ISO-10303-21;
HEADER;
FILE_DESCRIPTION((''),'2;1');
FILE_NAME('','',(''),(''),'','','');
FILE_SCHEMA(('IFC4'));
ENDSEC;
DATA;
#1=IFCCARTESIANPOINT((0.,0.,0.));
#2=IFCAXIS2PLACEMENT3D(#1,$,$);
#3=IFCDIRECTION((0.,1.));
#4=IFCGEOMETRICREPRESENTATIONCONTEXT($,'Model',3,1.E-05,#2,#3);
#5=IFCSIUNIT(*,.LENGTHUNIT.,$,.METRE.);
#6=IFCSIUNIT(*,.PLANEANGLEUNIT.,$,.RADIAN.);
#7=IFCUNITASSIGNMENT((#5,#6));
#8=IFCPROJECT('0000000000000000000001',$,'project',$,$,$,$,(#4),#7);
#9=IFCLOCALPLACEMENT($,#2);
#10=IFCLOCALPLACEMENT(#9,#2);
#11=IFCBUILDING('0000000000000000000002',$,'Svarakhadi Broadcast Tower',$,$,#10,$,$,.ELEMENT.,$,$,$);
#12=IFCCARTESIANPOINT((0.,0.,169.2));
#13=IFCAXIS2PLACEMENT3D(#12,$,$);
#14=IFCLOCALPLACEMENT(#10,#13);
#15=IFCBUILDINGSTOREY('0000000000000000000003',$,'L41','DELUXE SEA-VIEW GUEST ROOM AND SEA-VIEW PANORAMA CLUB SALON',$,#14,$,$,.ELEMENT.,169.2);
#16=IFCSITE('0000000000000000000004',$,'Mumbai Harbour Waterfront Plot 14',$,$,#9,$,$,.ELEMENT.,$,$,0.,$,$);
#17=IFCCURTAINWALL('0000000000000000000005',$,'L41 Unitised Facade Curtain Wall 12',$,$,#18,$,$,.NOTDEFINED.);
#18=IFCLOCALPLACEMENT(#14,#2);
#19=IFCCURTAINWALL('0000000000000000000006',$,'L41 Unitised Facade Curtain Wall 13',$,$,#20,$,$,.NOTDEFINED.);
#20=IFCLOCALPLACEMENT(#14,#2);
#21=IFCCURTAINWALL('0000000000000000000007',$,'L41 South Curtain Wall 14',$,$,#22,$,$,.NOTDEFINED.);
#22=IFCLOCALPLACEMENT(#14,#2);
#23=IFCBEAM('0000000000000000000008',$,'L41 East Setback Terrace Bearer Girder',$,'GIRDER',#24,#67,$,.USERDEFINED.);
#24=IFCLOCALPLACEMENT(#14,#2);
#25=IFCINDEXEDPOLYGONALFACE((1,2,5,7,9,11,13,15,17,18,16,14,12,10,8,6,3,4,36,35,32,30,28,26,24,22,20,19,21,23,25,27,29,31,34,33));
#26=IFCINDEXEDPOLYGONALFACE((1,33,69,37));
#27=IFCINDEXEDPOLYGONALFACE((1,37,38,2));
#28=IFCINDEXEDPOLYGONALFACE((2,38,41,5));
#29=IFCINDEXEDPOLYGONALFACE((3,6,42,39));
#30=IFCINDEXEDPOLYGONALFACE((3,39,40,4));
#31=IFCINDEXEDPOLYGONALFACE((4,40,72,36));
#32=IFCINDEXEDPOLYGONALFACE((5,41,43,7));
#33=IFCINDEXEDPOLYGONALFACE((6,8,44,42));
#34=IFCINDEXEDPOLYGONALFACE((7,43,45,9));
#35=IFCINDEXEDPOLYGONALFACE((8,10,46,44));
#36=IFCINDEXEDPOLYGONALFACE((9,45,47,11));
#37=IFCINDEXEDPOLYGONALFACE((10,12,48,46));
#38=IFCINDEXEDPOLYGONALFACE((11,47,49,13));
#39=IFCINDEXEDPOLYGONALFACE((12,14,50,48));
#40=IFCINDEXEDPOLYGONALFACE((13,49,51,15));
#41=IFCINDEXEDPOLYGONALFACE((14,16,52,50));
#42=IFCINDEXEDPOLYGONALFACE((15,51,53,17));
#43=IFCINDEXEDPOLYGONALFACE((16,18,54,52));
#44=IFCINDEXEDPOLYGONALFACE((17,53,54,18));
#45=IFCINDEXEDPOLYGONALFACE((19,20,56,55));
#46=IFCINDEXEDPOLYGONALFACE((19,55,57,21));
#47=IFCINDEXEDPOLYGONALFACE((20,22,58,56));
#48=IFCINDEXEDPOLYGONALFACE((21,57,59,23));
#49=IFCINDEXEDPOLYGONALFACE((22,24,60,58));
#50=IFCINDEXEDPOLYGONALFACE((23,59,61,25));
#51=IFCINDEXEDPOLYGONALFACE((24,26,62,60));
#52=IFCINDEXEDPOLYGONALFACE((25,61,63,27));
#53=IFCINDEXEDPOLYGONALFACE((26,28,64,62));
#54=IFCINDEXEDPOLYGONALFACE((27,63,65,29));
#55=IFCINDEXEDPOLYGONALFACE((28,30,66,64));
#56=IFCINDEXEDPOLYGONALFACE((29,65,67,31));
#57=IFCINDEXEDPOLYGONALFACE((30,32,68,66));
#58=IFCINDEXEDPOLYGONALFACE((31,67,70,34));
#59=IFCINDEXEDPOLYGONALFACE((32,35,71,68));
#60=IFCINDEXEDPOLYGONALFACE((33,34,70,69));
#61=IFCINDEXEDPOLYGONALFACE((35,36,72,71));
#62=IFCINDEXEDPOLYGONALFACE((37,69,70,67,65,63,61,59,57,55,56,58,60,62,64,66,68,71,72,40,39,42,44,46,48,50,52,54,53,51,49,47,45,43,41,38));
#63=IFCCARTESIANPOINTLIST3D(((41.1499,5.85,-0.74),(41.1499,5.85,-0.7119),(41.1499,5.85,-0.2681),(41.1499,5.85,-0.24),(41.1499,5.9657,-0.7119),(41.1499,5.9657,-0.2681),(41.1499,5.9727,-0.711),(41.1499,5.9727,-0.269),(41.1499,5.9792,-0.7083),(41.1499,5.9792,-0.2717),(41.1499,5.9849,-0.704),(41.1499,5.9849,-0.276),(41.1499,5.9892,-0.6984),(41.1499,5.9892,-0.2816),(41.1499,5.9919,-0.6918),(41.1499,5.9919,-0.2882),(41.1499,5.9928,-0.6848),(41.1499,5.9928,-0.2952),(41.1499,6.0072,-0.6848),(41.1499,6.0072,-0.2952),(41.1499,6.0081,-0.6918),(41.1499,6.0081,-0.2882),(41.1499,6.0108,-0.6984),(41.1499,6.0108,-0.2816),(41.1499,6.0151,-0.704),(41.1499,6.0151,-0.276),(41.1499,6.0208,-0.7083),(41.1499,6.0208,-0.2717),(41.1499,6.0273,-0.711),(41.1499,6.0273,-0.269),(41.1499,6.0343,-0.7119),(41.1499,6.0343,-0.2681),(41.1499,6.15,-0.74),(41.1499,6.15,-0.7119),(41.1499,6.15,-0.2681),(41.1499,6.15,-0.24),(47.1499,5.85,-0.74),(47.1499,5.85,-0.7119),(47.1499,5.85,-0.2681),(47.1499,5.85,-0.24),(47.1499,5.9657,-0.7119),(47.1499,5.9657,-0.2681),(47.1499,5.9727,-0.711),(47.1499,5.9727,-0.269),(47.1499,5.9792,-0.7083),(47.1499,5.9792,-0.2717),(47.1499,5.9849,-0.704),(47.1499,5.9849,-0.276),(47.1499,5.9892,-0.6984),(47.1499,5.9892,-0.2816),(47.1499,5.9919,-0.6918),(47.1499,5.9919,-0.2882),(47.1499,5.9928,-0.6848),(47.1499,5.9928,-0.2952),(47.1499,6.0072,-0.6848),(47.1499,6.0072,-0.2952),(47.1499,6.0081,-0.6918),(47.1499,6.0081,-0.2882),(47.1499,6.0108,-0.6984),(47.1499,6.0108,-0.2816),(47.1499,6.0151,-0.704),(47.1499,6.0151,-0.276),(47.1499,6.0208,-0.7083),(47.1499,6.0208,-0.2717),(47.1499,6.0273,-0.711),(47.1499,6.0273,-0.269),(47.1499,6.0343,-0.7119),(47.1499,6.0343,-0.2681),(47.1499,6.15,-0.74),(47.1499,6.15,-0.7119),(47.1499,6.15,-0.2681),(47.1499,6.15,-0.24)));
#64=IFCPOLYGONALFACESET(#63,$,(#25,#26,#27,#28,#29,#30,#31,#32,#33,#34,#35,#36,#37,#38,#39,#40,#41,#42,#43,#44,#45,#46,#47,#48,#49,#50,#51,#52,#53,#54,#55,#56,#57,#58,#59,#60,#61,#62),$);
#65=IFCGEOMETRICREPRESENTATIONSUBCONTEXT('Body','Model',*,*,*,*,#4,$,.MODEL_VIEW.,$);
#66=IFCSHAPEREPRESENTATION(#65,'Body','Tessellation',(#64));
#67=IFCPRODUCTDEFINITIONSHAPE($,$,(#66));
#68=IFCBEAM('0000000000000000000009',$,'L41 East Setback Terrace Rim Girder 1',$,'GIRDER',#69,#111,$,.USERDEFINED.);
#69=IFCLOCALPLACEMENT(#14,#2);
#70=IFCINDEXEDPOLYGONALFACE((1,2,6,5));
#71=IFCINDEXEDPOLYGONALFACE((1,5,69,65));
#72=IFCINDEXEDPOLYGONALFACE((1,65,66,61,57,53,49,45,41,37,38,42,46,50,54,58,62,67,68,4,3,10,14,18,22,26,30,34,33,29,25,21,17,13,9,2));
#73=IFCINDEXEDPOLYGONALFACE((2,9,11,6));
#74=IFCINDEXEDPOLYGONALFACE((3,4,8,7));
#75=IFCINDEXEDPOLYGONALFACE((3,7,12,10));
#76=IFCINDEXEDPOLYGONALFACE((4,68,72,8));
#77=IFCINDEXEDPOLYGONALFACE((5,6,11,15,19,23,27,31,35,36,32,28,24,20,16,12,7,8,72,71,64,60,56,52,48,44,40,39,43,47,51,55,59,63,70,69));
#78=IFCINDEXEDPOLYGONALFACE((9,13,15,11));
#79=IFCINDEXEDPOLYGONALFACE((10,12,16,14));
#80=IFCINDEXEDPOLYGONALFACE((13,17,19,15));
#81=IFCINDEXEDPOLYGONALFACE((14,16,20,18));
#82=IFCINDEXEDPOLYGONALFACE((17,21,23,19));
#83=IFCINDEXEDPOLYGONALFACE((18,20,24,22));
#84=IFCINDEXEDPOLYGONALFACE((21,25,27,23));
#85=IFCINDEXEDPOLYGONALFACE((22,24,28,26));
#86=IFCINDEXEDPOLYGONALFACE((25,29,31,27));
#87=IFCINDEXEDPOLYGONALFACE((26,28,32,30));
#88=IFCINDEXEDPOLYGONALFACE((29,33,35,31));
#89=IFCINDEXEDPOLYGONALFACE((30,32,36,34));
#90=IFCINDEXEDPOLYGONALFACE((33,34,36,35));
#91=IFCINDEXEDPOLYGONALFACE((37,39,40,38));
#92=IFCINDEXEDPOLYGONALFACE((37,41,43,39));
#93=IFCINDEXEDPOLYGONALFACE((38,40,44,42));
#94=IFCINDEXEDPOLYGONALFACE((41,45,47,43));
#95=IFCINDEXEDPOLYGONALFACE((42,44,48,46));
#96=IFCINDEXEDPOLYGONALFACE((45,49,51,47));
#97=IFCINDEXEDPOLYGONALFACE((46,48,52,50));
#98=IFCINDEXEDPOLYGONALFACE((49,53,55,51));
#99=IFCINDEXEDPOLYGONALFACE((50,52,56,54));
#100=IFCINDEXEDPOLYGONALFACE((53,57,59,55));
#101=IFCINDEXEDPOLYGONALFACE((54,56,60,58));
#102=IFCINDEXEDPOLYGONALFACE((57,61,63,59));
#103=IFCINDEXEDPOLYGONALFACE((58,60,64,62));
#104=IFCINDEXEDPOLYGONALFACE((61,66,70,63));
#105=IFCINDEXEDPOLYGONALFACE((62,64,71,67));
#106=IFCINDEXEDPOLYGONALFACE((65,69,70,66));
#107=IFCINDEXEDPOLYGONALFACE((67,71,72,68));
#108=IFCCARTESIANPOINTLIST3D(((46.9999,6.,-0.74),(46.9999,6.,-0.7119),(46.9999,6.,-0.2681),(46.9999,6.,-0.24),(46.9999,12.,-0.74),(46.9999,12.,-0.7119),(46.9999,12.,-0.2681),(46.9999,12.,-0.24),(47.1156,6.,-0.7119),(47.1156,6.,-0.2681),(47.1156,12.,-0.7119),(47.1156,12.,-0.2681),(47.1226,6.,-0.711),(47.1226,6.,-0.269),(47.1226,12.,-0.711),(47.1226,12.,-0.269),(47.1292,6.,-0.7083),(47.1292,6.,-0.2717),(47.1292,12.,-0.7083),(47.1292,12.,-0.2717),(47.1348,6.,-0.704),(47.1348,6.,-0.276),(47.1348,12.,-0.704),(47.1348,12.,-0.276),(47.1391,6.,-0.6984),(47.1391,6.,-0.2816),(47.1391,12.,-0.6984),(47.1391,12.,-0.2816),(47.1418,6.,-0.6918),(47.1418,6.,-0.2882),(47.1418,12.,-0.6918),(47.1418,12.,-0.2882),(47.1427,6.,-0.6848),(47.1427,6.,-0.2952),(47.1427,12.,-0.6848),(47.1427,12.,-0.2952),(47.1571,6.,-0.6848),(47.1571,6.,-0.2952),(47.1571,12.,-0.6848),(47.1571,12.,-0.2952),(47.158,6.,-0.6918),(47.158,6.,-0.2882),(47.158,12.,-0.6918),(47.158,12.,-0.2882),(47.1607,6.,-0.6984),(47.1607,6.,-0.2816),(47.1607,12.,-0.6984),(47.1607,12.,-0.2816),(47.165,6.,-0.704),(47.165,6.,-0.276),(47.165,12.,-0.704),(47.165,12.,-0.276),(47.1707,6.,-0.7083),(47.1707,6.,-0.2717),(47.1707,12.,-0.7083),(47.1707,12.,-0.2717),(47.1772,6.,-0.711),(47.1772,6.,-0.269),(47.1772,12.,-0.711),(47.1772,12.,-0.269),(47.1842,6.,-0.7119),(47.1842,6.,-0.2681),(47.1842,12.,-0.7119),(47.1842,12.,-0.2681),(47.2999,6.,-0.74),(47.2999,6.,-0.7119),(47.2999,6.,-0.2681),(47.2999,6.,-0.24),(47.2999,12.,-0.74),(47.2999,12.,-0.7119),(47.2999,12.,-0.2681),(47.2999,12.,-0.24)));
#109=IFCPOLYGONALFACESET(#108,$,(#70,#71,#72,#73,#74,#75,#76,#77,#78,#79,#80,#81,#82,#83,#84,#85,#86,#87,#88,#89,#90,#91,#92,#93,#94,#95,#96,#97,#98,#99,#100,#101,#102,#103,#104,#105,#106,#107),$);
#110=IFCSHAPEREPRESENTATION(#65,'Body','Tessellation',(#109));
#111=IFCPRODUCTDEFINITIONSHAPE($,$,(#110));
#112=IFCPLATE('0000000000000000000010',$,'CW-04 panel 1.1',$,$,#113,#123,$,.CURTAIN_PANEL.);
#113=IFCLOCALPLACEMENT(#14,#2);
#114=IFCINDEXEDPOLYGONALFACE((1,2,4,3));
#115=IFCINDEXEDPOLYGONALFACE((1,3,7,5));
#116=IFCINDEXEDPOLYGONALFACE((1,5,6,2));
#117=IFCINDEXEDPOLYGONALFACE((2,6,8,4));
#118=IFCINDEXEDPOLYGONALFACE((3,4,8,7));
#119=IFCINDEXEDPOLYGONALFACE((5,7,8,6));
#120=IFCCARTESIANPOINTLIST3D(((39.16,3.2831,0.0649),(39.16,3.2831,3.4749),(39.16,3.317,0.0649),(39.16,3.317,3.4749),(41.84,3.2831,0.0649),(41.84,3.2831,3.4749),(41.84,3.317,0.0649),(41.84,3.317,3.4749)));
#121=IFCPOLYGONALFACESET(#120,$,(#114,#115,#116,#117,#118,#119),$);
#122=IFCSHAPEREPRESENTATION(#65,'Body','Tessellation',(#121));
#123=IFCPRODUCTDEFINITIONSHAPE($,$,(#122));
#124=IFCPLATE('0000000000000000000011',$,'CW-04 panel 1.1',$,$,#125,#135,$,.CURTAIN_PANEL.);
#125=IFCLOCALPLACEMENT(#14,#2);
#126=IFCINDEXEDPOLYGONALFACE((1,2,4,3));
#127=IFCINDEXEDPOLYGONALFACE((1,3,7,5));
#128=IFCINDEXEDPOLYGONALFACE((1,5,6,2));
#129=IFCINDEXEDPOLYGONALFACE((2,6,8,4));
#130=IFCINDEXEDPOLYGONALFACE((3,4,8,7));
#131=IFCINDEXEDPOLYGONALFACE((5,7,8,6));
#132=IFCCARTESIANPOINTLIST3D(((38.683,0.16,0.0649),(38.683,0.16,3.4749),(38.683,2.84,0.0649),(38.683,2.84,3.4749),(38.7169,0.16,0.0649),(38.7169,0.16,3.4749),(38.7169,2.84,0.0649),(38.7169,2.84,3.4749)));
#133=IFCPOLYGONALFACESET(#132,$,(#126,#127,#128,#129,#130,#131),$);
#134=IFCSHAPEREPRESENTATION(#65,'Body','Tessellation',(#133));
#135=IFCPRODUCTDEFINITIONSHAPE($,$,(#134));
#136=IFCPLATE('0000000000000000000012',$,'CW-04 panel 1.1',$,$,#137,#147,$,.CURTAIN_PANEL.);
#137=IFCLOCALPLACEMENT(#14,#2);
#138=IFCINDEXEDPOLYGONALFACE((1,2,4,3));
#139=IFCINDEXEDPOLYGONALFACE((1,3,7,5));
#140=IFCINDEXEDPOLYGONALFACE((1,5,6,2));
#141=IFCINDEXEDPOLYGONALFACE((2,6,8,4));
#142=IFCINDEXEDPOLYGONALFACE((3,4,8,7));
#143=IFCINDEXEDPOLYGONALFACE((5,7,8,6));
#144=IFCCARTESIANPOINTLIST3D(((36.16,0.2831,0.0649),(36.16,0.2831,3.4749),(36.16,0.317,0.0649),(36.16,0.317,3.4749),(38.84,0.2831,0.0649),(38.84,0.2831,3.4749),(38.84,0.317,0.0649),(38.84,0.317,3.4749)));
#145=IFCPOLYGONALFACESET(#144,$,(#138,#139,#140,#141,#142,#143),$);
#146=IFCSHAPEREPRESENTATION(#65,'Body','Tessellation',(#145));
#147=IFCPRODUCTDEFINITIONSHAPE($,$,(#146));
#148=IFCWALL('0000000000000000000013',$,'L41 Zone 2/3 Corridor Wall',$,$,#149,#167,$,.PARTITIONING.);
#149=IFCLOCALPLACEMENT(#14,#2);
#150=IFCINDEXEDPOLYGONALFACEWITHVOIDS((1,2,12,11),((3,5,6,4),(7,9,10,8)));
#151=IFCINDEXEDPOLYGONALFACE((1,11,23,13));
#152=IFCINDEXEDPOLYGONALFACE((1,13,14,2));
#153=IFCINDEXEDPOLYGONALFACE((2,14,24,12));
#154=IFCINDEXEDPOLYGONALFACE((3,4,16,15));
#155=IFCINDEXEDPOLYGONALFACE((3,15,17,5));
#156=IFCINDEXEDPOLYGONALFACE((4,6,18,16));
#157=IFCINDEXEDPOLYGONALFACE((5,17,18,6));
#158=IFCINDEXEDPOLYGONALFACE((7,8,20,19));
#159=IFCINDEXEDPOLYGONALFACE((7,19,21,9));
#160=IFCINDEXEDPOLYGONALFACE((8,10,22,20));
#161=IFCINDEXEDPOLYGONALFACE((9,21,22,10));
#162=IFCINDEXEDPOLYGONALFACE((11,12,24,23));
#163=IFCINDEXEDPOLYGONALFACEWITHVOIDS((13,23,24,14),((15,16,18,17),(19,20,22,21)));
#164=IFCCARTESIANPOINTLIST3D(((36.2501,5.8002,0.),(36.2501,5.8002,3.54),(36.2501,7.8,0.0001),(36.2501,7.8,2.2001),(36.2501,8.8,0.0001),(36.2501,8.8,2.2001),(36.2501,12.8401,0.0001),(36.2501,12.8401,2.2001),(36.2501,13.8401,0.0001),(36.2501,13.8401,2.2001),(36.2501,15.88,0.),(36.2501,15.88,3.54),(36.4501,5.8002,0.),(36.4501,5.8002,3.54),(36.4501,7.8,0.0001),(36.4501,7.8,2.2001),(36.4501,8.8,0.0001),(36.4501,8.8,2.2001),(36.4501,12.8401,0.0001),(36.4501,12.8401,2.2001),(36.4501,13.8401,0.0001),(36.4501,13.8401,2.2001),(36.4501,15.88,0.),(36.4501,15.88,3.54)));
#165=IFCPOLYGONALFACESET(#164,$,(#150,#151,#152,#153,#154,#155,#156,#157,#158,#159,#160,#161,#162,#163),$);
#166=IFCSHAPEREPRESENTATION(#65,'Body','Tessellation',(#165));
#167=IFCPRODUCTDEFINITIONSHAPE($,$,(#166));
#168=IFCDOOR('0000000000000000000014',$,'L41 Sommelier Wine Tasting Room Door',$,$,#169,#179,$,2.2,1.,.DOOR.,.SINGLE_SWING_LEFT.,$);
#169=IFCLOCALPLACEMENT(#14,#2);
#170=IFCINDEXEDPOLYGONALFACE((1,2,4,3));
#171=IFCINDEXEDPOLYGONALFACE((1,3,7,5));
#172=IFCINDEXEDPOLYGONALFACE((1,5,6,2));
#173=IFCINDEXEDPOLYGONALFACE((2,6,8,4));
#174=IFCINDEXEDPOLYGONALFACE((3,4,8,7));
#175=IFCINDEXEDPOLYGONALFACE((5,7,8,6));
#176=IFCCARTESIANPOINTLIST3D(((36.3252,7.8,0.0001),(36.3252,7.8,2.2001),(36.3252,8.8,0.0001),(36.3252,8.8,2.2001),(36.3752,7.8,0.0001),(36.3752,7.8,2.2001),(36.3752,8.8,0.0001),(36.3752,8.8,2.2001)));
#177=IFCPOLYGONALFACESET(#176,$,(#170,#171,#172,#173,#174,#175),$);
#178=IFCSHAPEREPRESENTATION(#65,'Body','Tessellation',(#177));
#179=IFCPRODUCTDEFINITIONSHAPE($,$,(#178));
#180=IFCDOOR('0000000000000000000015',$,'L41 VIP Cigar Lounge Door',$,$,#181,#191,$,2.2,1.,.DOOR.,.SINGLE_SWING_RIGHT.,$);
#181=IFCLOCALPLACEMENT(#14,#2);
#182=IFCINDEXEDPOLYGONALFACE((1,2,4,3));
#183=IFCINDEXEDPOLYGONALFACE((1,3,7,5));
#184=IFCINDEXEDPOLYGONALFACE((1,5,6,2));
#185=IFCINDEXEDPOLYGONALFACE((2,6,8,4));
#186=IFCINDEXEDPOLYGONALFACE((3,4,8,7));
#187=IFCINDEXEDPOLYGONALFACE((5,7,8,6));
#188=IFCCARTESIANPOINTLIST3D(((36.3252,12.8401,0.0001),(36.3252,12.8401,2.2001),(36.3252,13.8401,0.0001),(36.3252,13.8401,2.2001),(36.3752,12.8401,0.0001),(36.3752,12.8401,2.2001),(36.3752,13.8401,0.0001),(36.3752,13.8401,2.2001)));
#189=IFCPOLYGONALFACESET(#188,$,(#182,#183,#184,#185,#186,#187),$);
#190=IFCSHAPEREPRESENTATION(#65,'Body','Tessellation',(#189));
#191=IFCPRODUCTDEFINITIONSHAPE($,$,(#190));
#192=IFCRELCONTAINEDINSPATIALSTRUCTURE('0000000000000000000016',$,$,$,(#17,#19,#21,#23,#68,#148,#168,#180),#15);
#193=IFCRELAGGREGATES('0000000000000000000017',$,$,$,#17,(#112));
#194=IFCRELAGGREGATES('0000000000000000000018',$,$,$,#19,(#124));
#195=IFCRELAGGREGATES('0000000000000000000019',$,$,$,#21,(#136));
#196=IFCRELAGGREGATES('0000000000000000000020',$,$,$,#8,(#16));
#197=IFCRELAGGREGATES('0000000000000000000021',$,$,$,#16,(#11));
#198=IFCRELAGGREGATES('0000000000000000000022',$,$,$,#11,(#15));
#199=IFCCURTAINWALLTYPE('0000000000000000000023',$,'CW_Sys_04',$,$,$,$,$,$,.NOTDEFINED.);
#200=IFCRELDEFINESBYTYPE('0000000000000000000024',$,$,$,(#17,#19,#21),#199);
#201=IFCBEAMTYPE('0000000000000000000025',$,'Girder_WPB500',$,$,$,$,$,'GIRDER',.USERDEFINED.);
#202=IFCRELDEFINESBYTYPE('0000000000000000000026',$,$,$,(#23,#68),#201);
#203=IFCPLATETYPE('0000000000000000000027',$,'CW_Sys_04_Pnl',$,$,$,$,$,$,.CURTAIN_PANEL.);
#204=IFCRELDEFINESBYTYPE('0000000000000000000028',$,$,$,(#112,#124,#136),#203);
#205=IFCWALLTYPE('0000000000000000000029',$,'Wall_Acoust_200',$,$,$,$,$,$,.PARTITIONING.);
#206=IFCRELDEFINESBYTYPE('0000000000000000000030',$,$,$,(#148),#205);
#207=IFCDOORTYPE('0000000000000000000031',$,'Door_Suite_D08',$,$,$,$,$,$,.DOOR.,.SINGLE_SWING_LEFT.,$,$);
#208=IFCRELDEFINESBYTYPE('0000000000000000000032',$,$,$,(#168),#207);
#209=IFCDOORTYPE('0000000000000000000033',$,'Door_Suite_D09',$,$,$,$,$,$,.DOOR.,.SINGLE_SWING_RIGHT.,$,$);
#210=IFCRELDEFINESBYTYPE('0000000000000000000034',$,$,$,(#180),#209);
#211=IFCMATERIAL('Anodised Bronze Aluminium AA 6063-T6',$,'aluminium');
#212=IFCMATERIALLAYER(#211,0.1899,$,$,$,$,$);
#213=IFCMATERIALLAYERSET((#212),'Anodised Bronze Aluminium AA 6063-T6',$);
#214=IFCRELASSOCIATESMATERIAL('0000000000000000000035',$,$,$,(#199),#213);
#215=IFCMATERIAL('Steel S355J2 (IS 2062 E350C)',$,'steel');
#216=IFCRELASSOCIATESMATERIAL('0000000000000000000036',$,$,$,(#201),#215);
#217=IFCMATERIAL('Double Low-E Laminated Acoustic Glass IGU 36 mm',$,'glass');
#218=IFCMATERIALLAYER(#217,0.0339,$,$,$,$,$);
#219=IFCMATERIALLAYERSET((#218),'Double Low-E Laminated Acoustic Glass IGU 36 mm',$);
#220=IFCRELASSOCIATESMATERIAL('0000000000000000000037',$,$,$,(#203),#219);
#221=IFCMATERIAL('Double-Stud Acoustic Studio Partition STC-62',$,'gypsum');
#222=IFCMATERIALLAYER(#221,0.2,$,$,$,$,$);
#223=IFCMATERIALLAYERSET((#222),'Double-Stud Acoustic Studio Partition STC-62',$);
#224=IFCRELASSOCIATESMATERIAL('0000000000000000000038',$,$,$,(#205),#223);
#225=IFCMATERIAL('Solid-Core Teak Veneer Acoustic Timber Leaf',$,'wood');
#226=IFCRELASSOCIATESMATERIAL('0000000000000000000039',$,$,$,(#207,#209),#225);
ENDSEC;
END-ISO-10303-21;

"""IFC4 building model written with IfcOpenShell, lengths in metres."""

from ifc_helpers import new_model, si_unit, direction, frame, frame_2d, origin, origin_2d, place, context, subcontext, project, spatial, rectangle, i_section, extrude, material, layer, layer_set, material_profile, profile_set, type_object, element, fill, aggregate, save


model = new_model("IFC4")

# Units and contexts
model_context = context("Model", 3, precision=1e-05, world=origin(), true_north=direction((0.0, 1.0)))
body_context = subcontext(model_context, "Body", "Model", "MODEL_VIEW")
ifc_project = project(units=[si_unit("LENGTHUNIT", "METRE"), si_unit("PLANEANGLEUNIT", "RADIAN")], contexts=[model_context])

# Site, building, storey
site_placement = place(None, origin())
site = spatial("IfcSite", under=ifc_project, at=site_placement, Name="Mumbai Harbour Waterfront Plot 14", CompositionType="ELEMENT", RefElevation=0.0)
building_placement = place(site_placement, origin())
building = spatial("IfcBuilding", under=site, at=building_placement, Name="Svarakhadi Broadcast Tower", CompositionType="ELEMENT")
storey_placement = place(building_placement, frame((0.0, 0.0, 169.2)))
storey = spatial("IfcBuildingStorey", under=building, at=storey_placement, Name="L41", Description="DELUXE SEA-VIEW GUEST ROOM AND SEA-VIEW PANORAMA CLUB SALON", CompositionType="ELEMENT", Elevation=169.2)

# Curtain walls
ifc_material_1 = material(Name="Anodised Bronze Aluminium AA 6063-T6", Category="aluminium")
ifc_layer_1 = layer(ifc_material_1, 0.1899)
ifc_layer_set_1 = layer_set([ifc_layer_1], Name="Anodised Bronze Aluminium AA 6063-T6")
curtain_wall_type = type_object("IfcCurtainWallType", Name="CW_Sys_04", PredefinedType="NOTDEFINED", material=ifc_layer_set_1)
curtain_wall_1_placement = place(storey_placement, origin())
curtain_wall_1 = element("IfcCurtainWall", 1, at=curtain_wall_1_placement, inside=storey, type_object=curtain_wall_type, Name="L41 Unitised Facade Curtain Wall 12", PredefinedType="NOTDEFINED")
curtain_wall_2_placement = place(storey_placement, origin())
curtain_wall_2 = element("IfcCurtainWall", 2, at=curtain_wall_2_placement, inside=storey, type_object=curtain_wall_type, Name="L41 Unitised Facade Curtain Wall 13", PredefinedType="NOTDEFINED")
curtain_wall_3_placement = place(storey_placement, origin())
curtain_wall_3 = element("IfcCurtainWall", 3, at=curtain_wall_3_placement, inside=storey, type_object=curtain_wall_type, Name="L41 South Curtain Wall 14", PredefinedType="NOTDEFINED")

# Beams
ifc_material_2 = material(Name="Steel S355J2 (IS 2062 E350C)", Category="steel")
ifc_material_profile_1 = material_profile(ifc_material_2, i_section(OverallWidth=0.3, OverallDepth=0.5, WebThickness=0.0144, FlangeThickness=0.0281, FilletRadius=0.0271, at=origin_2d()), Name="WPB 500x300x187")
ifc_profile_set_1 = profile_set([ifc_material_profile_1], Name="Steel S355J2 (IS 2062 E350C)")
beam_type_1 = type_object("IfcBeamType", Name="Girder_WPB500", ElementType="GIRDER", PredefinedType="USERDEFINED", material=ifc_profile_set_1)
for number, where, z_axis, x_axis, name in (
    (4, (41.1499, 6.0, -0.49), (1.0, 0.0, 0.0), (0.0, 1.0, 0.0), "L41 East Setback Terrace Bearer Girder"),
    (5, (47.1499, 6.0, -0.49), (0.0, 1.0, 0.0), (-1.0, 0.0, 0.0), "L41 East Setback Terrace Rim Girder 1"),
):
    element("IfcBeam", number, at=place(storey_placement, frame(where, z_axis=z_axis, x_axis=x_axis)), inside=storey, type_object=beam_type_1, Name=name, ObjectType="GIRDER", PredefinedType="USERDEFINED", context=body_context, shape_type="SweptSolid", body=[
        extrude(i_section(OverallWidth=0.3, OverallDepth=0.5, WebThickness=0.0144, FlangeThickness=0.0281, FilletRadius=0.0271, at=origin_2d()), origin(), (0.0, 0.0, 1.0), 6.0),
    ])

# Plates
ifc_material_3 = material(Name="Double Low-E Laminated Acoustic Glass IGU 36 mm", Category="glass")
ifc_layer_2 = layer(ifc_material_3, 0.0339)
ifc_layer_set_2 = layer_set([ifc_layer_2], Name="Double Low-E Laminated Acoustic Glass IGU 36 mm")
plate_type = type_object("IfcPlateType", Name="CW_Sys_04_Pnl", PredefinedType="CURTAIN_PANEL", material=ifc_layer_set_2)
plate_1_placement = place(storey_placement, frame((40.5, 3.3, 0.0649), z_axis=(0.0, 0.0, 1.0), x_axis=(-1.0, 0.0, 0.0)))
plate_1 = element("IfcPlate", 6, at=plate_1_placement, type_object=plate_type, Name="CW-04 panel 1.1", PredefinedType="CURTAIN_PANEL", context=body_context, shape_type="SweptSolid", body=[
    extrude(rectangle(XDim=2.6799, YDim=0.0339, at=origin_2d()), origin(), (0.0, 0.0, 1.0), 3.4099),
])
aggregate(curtain_wall_1, [plate_1])
plate_2_placement = place(storey_placement, frame((38.7, 1.5, 0.0649), z_axis=(0.0, 0.0, 1.0), x_axis=(0.0, -1.0, 0.0)))
plate_2 = element("IfcPlate", 7, at=plate_2_placement, type_object=plate_type, Name="CW-04 panel 1.1", PredefinedType="CURTAIN_PANEL", context=body_context, shape_type="SweptSolid", body=[
    extrude(rectangle(XDim=2.6799, YDim=0.0339, at=origin_2d()), origin(), (0.0, 0.0, 1.0), 3.4099),
])
aggregate(curtain_wall_2, [plate_2])
plate_3_placement = place(storey_placement, frame((37.5, 0.3, 0.0649), z_axis=(0.0, 0.0, 1.0), x_axis=(-1.0, 0.0, 0.0)))
plate_3 = element("IfcPlate", 8, at=plate_3_placement, type_object=plate_type, Name="CW-04 panel 1.1", PredefinedType="CURTAIN_PANEL", context=body_context, shape_type="SweptSolid", body=[
    extrude(rectangle(XDim=2.6799, YDim=0.0339, at=origin_2d()), origin(), (0.0, 0.0, 1.0), 3.4099),
])
aggregate(curtain_wall_3, [plate_3])

# Wall, openings, doors
ifc_material_4 = material(Name="Double-Stud Acoustic Studio Partition STC-62", Category="gypsum")
ifc_layer_3 = layer(ifc_material_4, 0.2)
ifc_layer_set_3 = layer_set([ifc_layer_3], Name="Double-Stud Acoustic Studio Partition STC-62")
wall_type_1 = type_object("IfcWallType", Name="Wall_Acoust_200", PredefinedType="PARTITIONING", material=ifc_layer_set_3)
wall_1_placement = place(storey_placement, frame((36.3501, 5.8, 0.0), z_axis=(0.0, 0.0, 1.0), x_axis=(0.0, 1.0, 0.0)))
wall_1 = element("IfcWall", 9, at=wall_1_placement, inside=storey, type_object=wall_type_1, Name="L41 Zone 2/3 Corridor Wall", PredefinedType="PARTITIONING", context=body_context, shape_type="SweptSolid", body=[
    extrude(rectangle(XDim=10.0798, YDim=0.2, at=frame_2d((5.04, 0.0))), origin(), (0.0, 0.0, 1.0), 3.54),
])
opening_1_placement = place(wall_1_placement, frame((2.0, 0.0, 0.0)))
opening_1 = element("IfcOpeningElement", 10, at=opening_1_placement, cuts=wall_1, PredefinedType="OPENING", context=body_context, shape_type="SweptSolid", body=[
    extrude(rectangle(XDim=1.0, YDim=2.2, at=frame_2d((0.5, 1.1001))), frame((0.0, 0.1099, 0.0), z_axis=(0.0, -1.0, 0.0), x_axis=(1.0, 0.0, 0.0)), (0.0, 0.0, 1.0), 0.22),
])
opening_2_placement = place(wall_1_placement, frame((7.04, 0.0, 0.0)))
opening_2 = element("IfcOpeningElement", 11, at=opening_2_placement, cuts=wall_1, PredefinedType="OPENING", context=body_context, shape_type="SweptSolid", body=[
    extrude(rectangle(XDim=1.0, YDim=2.2, at=frame_2d((0.5, 1.1001))), frame((0.0, 0.1099, 0.0), z_axis=(0.0, -1.0, 0.0), x_axis=(1.0, 0.0, 0.0)), (0.0, 0.0, 1.0), 0.22),
])
ifc_material_5 = material(Name="Solid-Core Teak Veneer Acoustic Timber Leaf", Category="wood")
door_type_1 = type_object("IfcDoorType", Name="Door_Suite_D08", OperationType="SINGLE_SWING_LEFT", PredefinedType="DOOR", material=ifc_material_5)
door_1_placement = place(opening_1_placement, origin())
door_1 = element("IfcDoor", 12, at=door_1_placement, inside=storey, type_object=door_type_1, Name="L41 Sommelier Wine Tasting Room Door", OperationType="SINGLE_SWING_LEFT", OverallHeight=2.2, OverallWidth=1.0, PredefinedType="DOOR", context=body_context, shape_type="SweptSolid", body=[
    extrude(rectangle(XDim=1.0, YDim=2.2, at=frame_2d((0.5, 1.1001))), frame((0.0, 0.0249, 0.0), z_axis=(0.0, -1.0, 0.0), x_axis=(1.0, 0.0, 0.0)), (0.0, 0.0, 1.0), 0.05),
])
fill(opening_1, door_1)
door_type_2 = type_object("IfcDoorType", Name="Door_Suite_D09", OperationType="SINGLE_SWING_RIGHT", PredefinedType="DOOR", material=ifc_material_5)
door_2_placement = place(opening_2_placement, origin())
door_2 = element("IfcDoor", 13, at=door_2_placement, inside=storey, type_object=door_type_2, Name="L41 VIP Cigar Lounge Door", OperationType="SINGLE_SWING_RIGHT", OverallHeight=2.2, OverallWidth=1.0, PredefinedType="DOOR", context=body_context, shape_type="SweptSolid", body=[
    extrude(rectangle(XDim=1.0, YDim=2.2, at=frame_2d((0.5, 1.1001))), frame((0.0, 0.0249, 0.0), z_axis=(0.0, -1.0, 0.0), x_axis=(1.0, 0.0, 0.0)), (0.0, 0.0, 1.0), 0.05),
])
fill(opening_2, door_2)

save(model, "model.ifc")
